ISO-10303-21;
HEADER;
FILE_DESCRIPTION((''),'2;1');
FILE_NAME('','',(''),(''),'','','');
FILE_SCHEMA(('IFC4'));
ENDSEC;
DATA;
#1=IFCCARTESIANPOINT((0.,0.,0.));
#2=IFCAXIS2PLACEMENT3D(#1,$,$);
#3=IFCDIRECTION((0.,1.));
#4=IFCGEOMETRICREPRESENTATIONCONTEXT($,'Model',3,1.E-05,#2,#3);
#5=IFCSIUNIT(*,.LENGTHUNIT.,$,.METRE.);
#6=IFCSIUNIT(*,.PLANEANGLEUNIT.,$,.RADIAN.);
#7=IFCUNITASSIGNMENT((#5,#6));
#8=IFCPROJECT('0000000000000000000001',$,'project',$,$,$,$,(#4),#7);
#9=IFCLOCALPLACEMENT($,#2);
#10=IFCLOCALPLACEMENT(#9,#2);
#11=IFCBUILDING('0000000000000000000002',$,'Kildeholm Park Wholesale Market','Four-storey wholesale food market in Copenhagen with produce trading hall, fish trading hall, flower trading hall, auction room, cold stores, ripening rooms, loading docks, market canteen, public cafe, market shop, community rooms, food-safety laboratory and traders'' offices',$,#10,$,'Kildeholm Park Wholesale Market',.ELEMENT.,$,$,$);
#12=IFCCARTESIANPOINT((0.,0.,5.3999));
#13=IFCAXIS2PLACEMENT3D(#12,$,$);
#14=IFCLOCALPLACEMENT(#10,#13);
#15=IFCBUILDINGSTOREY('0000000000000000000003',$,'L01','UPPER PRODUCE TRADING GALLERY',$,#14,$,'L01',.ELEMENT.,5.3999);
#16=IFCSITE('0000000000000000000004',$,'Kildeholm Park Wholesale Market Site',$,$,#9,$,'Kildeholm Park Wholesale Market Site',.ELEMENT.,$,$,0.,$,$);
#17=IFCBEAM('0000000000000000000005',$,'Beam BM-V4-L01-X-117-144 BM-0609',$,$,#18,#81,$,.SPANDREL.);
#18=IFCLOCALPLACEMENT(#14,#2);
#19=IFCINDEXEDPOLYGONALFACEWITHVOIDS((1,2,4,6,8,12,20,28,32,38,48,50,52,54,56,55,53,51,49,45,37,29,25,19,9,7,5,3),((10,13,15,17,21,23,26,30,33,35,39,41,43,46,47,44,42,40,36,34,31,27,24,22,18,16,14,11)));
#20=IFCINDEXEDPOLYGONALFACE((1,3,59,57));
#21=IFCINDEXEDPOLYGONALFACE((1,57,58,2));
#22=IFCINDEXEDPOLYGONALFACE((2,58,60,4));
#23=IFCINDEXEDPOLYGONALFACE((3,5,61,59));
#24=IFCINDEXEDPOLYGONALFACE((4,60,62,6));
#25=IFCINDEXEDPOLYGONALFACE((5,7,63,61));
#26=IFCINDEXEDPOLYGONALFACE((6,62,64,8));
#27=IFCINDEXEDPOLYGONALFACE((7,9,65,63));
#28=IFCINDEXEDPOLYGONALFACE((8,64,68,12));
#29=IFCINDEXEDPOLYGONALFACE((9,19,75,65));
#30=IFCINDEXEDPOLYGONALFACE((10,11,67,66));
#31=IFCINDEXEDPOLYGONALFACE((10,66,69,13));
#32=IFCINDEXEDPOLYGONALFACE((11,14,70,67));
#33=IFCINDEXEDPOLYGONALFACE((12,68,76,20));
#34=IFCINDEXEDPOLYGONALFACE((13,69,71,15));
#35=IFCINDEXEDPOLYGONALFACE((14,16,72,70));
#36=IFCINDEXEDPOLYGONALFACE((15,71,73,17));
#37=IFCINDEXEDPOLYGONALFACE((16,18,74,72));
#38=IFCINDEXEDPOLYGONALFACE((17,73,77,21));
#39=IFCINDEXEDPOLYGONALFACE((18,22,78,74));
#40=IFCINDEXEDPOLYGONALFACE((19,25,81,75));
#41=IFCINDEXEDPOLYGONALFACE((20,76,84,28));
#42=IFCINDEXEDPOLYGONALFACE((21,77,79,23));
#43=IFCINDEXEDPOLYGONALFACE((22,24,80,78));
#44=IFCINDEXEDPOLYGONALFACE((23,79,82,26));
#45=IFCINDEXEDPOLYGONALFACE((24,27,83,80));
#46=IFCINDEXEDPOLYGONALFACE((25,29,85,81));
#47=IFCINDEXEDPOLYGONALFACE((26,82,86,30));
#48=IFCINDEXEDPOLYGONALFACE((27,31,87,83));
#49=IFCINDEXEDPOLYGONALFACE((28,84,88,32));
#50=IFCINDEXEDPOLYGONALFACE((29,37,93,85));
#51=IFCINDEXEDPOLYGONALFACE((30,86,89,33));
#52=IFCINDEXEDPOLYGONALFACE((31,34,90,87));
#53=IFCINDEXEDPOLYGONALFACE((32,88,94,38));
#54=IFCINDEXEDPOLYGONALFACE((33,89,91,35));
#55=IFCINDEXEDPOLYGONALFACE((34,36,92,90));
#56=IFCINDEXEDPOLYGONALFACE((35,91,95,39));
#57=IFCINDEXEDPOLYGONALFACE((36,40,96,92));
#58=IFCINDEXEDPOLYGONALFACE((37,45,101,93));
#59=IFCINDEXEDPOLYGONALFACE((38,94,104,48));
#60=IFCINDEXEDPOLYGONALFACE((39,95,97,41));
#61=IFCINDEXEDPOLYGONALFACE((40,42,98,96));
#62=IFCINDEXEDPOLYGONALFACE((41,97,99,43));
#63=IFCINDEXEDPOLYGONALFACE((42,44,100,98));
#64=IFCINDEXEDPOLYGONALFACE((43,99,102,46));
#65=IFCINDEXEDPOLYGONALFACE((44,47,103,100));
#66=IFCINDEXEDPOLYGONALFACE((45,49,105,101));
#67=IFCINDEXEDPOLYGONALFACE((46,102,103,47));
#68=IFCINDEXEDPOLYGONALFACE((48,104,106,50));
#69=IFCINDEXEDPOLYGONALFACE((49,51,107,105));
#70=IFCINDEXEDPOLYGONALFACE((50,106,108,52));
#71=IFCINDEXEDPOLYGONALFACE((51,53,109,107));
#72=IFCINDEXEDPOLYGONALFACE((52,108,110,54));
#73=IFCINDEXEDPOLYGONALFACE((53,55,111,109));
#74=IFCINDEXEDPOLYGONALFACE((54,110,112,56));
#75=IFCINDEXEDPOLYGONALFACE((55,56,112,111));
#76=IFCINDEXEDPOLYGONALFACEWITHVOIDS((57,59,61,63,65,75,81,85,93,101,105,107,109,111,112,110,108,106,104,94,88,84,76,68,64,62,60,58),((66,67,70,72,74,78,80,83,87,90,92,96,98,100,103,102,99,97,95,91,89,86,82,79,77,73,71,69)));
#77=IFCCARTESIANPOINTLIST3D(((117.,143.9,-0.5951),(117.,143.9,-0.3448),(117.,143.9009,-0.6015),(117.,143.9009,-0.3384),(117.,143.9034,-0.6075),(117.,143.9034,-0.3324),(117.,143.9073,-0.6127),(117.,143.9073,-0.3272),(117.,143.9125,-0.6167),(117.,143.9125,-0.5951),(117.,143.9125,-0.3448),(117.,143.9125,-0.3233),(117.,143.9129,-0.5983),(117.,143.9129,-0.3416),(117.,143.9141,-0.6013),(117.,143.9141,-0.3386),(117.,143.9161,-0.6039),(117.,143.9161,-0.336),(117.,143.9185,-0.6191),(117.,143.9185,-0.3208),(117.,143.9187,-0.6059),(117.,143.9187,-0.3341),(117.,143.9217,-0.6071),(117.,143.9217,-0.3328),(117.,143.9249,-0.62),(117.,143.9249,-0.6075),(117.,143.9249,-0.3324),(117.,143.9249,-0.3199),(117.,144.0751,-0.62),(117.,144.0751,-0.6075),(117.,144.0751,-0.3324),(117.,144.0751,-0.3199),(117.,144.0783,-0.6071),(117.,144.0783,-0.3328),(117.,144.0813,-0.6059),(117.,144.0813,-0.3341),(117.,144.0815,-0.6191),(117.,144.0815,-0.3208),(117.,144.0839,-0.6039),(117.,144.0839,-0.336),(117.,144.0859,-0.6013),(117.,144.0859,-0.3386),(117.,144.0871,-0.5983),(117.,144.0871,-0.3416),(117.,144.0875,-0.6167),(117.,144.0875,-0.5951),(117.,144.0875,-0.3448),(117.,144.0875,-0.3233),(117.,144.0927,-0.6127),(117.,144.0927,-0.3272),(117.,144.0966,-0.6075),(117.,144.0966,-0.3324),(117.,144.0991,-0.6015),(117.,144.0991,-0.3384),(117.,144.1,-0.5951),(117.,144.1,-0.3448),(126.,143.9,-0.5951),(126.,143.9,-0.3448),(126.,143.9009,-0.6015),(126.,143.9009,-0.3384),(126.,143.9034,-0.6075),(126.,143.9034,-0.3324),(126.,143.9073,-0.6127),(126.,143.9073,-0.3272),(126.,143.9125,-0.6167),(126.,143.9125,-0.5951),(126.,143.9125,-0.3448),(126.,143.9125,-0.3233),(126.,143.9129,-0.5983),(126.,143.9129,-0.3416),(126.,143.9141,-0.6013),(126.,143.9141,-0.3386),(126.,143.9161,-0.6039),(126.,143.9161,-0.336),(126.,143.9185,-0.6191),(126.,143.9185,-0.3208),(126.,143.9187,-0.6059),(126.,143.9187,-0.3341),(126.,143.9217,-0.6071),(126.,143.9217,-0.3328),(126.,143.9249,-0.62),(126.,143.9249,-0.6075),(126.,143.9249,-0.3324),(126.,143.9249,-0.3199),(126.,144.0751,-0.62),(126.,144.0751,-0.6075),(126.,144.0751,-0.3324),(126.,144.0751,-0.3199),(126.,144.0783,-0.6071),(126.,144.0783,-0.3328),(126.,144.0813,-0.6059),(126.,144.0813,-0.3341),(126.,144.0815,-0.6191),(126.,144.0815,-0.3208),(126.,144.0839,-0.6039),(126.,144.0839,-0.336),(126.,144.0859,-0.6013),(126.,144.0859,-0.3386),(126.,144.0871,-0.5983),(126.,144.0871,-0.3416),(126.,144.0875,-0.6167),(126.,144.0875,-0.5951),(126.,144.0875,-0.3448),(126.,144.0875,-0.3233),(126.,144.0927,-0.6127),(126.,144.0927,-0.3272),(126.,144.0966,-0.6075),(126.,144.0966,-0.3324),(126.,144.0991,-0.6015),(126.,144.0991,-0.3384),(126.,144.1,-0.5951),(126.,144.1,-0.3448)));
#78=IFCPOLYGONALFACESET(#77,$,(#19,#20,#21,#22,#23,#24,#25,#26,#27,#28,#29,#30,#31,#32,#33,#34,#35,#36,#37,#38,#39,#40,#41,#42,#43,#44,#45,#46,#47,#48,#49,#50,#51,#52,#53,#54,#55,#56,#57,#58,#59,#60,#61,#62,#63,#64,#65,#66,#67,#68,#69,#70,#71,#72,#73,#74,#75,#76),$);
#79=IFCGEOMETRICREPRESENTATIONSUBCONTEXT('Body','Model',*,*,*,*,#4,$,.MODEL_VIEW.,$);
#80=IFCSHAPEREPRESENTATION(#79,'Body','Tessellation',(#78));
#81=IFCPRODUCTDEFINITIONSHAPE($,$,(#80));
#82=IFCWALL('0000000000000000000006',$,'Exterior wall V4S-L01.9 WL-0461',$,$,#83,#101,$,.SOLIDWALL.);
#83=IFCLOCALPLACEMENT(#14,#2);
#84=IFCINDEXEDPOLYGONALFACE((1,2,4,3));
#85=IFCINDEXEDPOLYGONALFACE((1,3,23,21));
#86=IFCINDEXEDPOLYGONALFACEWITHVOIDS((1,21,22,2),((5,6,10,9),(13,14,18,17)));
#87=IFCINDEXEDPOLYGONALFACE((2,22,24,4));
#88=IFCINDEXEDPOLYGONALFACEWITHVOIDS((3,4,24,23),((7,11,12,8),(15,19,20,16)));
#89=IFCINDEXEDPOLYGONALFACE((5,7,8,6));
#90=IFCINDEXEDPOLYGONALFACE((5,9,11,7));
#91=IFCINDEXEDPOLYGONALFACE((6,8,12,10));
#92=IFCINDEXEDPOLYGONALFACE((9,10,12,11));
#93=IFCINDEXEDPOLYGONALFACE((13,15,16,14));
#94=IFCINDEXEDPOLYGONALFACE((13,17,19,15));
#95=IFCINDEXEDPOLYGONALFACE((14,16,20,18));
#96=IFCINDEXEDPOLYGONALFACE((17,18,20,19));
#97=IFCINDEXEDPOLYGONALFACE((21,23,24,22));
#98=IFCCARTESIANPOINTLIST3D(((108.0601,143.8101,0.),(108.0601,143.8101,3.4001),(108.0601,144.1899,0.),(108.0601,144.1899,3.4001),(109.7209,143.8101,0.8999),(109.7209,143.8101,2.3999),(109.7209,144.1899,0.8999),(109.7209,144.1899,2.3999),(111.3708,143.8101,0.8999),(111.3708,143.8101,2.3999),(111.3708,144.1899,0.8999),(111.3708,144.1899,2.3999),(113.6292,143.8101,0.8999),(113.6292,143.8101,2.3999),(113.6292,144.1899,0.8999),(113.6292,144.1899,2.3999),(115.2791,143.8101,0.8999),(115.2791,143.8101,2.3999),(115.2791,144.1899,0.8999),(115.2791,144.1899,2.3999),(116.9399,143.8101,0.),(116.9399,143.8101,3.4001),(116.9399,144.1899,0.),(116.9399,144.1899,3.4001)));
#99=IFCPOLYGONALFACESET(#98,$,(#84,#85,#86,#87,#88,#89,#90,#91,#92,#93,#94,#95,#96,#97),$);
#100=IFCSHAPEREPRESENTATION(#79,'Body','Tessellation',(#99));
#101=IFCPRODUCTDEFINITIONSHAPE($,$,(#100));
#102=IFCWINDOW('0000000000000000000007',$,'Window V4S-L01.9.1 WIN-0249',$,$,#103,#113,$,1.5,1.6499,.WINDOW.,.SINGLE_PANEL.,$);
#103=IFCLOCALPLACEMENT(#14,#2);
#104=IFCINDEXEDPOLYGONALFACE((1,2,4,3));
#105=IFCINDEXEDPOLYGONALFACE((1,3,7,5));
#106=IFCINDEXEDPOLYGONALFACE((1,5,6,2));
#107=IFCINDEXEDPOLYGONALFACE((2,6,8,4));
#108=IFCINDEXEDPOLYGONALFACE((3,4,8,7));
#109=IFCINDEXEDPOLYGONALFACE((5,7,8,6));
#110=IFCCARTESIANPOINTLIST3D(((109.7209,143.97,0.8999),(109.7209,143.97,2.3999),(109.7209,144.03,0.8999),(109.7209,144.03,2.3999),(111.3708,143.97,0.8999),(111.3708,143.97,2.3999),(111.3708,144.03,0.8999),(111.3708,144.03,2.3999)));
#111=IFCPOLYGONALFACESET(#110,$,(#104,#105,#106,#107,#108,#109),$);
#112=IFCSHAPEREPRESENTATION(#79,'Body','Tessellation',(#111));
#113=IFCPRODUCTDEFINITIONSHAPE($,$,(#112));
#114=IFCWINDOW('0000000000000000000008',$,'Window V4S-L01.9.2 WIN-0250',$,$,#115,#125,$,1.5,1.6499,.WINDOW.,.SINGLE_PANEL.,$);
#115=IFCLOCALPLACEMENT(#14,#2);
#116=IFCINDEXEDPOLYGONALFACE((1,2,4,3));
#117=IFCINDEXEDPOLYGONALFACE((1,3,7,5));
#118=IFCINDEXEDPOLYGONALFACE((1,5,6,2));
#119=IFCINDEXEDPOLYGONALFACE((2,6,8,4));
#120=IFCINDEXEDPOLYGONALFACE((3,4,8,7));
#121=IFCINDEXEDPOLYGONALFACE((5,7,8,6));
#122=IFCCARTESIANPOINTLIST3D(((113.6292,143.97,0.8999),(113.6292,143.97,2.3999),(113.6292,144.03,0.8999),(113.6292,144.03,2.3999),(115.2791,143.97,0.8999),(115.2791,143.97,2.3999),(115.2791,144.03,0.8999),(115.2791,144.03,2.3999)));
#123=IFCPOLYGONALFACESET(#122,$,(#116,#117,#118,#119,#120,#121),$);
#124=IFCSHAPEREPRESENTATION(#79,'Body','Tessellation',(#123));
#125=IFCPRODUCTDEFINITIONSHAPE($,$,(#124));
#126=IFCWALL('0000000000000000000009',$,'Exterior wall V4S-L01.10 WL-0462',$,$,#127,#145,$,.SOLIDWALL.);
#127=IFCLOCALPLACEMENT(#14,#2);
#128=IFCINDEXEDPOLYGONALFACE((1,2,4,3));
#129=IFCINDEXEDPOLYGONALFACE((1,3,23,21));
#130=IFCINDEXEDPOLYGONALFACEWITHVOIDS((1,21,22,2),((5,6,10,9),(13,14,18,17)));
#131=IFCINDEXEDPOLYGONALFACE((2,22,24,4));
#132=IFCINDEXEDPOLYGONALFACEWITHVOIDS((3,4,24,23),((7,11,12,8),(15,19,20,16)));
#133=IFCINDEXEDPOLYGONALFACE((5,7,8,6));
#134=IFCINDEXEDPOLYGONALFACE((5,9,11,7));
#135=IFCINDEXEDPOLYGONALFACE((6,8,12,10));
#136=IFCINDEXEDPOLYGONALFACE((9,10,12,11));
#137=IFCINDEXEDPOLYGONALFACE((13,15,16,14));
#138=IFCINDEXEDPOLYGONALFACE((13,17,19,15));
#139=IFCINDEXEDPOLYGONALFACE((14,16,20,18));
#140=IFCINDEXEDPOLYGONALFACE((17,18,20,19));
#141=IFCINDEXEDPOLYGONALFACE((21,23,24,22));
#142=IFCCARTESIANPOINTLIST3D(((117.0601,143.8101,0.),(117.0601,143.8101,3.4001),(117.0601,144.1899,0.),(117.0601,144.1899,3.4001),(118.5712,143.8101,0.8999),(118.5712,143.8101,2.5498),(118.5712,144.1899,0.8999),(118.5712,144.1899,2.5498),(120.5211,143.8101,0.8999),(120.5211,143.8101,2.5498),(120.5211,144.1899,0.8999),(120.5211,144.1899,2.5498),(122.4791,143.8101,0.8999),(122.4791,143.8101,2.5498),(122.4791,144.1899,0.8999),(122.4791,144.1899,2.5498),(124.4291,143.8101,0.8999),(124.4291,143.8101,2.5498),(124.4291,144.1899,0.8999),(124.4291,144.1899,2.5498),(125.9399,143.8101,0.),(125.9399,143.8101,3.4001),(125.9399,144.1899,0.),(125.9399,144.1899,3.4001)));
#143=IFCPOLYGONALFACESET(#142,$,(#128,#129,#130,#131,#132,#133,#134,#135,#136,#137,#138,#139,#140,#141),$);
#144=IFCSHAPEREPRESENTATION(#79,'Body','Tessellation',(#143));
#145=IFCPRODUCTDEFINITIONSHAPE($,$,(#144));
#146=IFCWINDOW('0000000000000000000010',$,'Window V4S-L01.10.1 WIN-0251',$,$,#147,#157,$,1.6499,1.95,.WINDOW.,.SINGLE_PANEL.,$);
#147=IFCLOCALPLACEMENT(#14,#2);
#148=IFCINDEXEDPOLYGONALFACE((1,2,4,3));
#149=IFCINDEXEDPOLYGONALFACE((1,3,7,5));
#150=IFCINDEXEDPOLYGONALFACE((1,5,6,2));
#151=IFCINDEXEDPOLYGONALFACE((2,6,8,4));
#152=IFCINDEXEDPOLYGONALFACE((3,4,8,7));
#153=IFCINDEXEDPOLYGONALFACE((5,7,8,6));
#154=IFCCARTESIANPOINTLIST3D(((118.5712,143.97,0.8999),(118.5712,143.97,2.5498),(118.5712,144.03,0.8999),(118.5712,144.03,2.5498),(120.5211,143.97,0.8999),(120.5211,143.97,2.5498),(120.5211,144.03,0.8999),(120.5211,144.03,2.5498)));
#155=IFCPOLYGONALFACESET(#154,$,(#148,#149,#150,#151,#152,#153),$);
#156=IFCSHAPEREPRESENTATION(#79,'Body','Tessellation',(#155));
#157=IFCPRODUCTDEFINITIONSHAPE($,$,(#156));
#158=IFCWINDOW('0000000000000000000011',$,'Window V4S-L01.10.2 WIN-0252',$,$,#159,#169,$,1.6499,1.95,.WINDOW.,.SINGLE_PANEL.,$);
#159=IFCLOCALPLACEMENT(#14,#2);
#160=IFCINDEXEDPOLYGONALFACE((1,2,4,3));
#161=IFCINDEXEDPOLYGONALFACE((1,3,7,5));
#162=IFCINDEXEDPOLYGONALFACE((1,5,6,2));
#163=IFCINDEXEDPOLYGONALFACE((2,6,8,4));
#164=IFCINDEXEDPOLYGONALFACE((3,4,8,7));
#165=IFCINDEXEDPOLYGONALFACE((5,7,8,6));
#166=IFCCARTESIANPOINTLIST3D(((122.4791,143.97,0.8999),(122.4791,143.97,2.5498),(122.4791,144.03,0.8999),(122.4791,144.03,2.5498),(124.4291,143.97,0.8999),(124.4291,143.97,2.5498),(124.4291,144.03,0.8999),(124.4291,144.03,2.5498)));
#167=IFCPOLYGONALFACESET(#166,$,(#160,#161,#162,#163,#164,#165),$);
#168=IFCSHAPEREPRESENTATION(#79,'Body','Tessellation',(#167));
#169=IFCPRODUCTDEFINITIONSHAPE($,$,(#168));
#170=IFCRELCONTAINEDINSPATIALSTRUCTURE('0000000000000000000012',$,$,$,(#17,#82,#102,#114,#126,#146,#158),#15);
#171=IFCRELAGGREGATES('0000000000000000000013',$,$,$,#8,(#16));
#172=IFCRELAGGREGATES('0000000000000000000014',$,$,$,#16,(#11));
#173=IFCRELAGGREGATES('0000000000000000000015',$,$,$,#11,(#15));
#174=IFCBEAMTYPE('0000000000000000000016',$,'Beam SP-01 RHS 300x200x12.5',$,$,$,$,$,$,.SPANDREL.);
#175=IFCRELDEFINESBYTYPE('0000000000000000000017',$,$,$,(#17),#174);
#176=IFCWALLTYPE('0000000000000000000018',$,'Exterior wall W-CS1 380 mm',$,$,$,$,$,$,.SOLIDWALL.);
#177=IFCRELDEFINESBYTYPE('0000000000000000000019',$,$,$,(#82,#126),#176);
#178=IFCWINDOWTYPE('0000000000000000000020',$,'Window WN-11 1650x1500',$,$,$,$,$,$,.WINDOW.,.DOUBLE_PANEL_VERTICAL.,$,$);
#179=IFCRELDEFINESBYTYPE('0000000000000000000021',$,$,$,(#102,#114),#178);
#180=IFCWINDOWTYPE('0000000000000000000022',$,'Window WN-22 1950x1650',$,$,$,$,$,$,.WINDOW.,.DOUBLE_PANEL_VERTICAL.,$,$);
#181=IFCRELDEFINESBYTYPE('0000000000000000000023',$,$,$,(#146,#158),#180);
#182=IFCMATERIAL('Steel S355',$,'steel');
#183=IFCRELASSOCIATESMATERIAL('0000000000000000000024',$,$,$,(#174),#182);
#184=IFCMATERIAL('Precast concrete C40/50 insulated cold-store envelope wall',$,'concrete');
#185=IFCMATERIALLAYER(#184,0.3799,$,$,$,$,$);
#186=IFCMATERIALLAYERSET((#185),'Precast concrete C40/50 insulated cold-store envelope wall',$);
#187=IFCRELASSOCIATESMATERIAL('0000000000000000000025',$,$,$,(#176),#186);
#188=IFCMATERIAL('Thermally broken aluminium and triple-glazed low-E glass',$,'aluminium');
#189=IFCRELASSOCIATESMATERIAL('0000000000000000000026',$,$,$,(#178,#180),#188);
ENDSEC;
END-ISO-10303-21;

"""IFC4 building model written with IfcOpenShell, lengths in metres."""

from ifc_helpers import new_model, si_unit, direction, frame, frame_2d, origin, origin_2d, place, context, subcontext, project, spatial, rectangle, hollow_rectangle, extrude, material, layer, layer_set, material_profile, profile_set, type_object, element, fill, save


model = new_model("IFC4")

# Units and contexts
model_context = context("Model", 3, precision=1e-05, world=origin(), true_north=direction((0.0, 1.0)))
body_context = subcontext(model_context, "Body", "Model", "MODEL_VIEW")
ifc_project = project(units=[si_unit("LENGTHUNIT", "METRE"), si_unit("PLANEANGLEUNIT", "RADIAN")], contexts=[model_context])

# Site, building, storey
site_placement = place(None, origin())
site = spatial("IfcSite", under=ifc_project, at=site_placement, Name="Kildeholm Park Wholesale Market Site", LongName="Kildeholm Park Wholesale Market Site", CompositionType="ELEMENT", RefElevation=0.0)
building_placement = place(site_placement, origin())
building = spatial("IfcBuilding", under=site, at=building_placement, Name="Kildeholm Park Wholesale Market", Description="Four-storey wholesale food market in Copenhagen with produce trading hall, fish trading hall, flower trading hall, auction room, cold stores, ripening rooms, loading docks, market canteen, public cafe, market shop, community rooms, food-safety laboratory and traders' offices", LongName="Kildeholm Park Wholesale Market", CompositionType="ELEMENT")
storey_placement = place(building_placement, frame((0.0, 0.0, 5.3999)))
storey = spatial("IfcBuildingStorey", under=building, at=storey_placement, Name="L01", Description="UPPER PRODUCE TRADING GALLERY", LongName="L01", CompositionType="ELEMENT", Elevation=5.3999)

# Beam
ifc_material_1 = material(Name="Steel S355", Category="steel")
ifc_material_profile_1 = material_profile(ifc_material_1, hollow_rectangle(XDim=0.2, YDim=0.3, WallThickness=0.0125, InnerFilletRadius=0.0125, OuterFilletRadius=0.0249, at=origin_2d()), Name="RHS 300x200x12.5")
ifc_profile_set_1 = profile_set([ifc_material_profile_1], Name="Steel S355")
beam_type_1 = type_object("IfcBeamType", Name="Beam SP-01 RHS 300x200x12.5", PredefinedType="SPANDREL", material=ifc_profile_set_1)
for number, where, z_axis, x_axis, name in (
    (1, (117.0, 144.0, -0.47), (1.0, 0.0, 0.0), (0.0, 1.0, 0.0), "Beam BM-V4-L01-X-117-144 BM-0609"),
):
    element("IfcBeam", number, at=place(storey_placement, frame(where, z_axis=z_axis, x_axis=x_axis)), inside=storey, type_object=beam_type_1, Name=name, PredefinedType="SPANDREL", context=body_context, shape_type="SweptSolid", body=[
        extrude(hollow_rectangle(XDim=0.2, YDim=0.3, WallThickness=0.0125, InnerFilletRadius=0.0125, OuterFilletRadius=0.0249, at=origin_2d()), origin(), (0.0, 0.0, 1.0), 9.0),
    ])

# Walls, openings, windows
ifc_material_2 = material(Name="Precast concrete C40/50 insulated cold-store envelope wall", Category="concrete")
ifc_layer_1 = layer(ifc_material_2, 0.3799)
ifc_layer_set_1 = layer_set([ifc_layer_1], Name="Precast concrete C40/50 insulated cold-store envelope wall")
wall_type = type_object("IfcWallType", Name="Exterior wall W-CS1 380 mm", PredefinedType="SOLIDWALL", material=ifc_layer_set_1)
wall_1_placement = place(storey_placement, frame((108.0601, 144.0, 0.0), z_axis=(0.0, 0.0, 1.0), x_axis=(1.0, 0.0, 0.0)))
wall_1 = element("IfcWall", 2, at=wall_1_placement, inside=storey, type_object=wall_type, Name="Exterior wall V4S-L01.9 WL-0461", PredefinedType="SOLIDWALL", context=body_context, shape_type="SweptSolid", body=[
    extrude(rectangle(XDim=8.8799, YDim=0.3799, at=frame_2d((4.4399, 0.0))), origin(), (0.0, 0.0, 1.0), 3.4001),
])
opening_1_placement = place(wall_1_placement, frame((1.6609, 0.0, 0.8999)))
opening_1 = element("IfcOpeningElement", 3, at=opening_1_placement, cuts=wall_1, PredefinedType="OPENING", context=body_context, shape_type="SweptSolid", body=[
    extrude(rectangle(XDim=1.6499, YDim=1.5, at=frame_2d((0.825, 0.75))), frame((0.0, 0.2, 0.0), z_axis=(0.0, -1.0, 0.0), x_axis=(1.0, 0.0, 0.0)), (0.0, 0.0, 1.0), 0.3999),
])
opening_2_placement = place(wall_1_placement, frame((5.5691, 0.0, 0.8999)))
opening_2 = element("IfcOpeningElement", 4, at=opening_2_placement, cuts=wall_1, PredefinedType="OPENING", context=body_context, shape_type="SweptSolid", body=[
    extrude(rectangle(XDim=1.6499, YDim=1.5, at=frame_2d((0.825, 0.75))), frame((0.0, 0.2, 0.0), z_axis=(0.0, -1.0, 0.0), x_axis=(1.0, 0.0, 0.0)), (0.0, 0.0, 1.0), 0.3999),
])
ifc_material_3 = material(Name="Thermally broken aluminium and triple-glazed low-E glass", Category="aluminium")
window_type_1 = type_object("IfcWindowType", Name="Window WN-11 1650x1500", PartitioningType="DOUBLE_PANEL_VERTICAL", PredefinedType="WINDOW", material=ifc_material_3)
window_1_placement = place(opening_1_placement, origin())
window_1 = element("IfcWindow", 5, at=window_1_placement, inside=storey, type_object=window_type_1, Name="Window V4S-L01.9.1 WIN-0249", OverallHeight=1.5, OverallWidth=1.6499, PartitioningType="SINGLE_PANEL", PredefinedType="WINDOW", context=body_context, shape_type="SweptSolid", body=[
    extrude(rectangle(XDim=1.6499, YDim=1.5, at=frame_2d((0.825, 0.75))), frame((0.0, 0.03, 0.0), z_axis=(0.0, -1.0, 0.0), x_axis=(1.0, 0.0, 0.0)), (0.0, 0.0, 1.0), 0.0601),
])
fill(opening_1, window_1)
window_2_placement = place(opening_2_placement, origin())
window_2 = element("IfcWindow", 6, at=window_2_placement, inside=storey, type_object=window_type_1, Name="Window V4S-L01.9.2 WIN-0250", OverallHeight=1.5, OverallWidth=1.6499, PartitioningType="SINGLE_PANEL", PredefinedType="WINDOW", context=body_context, shape_type="SweptSolid", body=[
    extrude(rectangle(XDim=1.6499, YDim=1.5, at=frame_2d((0.825, 0.75))), frame((0.0, 0.03, 0.0), z_axis=(0.0, -1.0, 0.0), x_axis=(1.0, 0.0, 0.0)), (0.0, 0.0, 1.0), 0.0601),
])
fill(opening_2, window_2)
wall_2_placement = place(storey_placement, frame((117.0601, 144.0, 0.0), z_axis=(0.0, 0.0, 1.0), x_axis=(1.0, 0.0, 0.0)))
wall_2 = element("IfcWall", 7, at=wall_2_placement, inside=storey, type_object=wall_type, Name="Exterior wall V4S-L01.10 WL-0462", PredefinedType="SOLIDWALL", context=body_context, shape_type="SweptSolid", body=[
    extrude(rectangle(XDim=8.8799, YDim=0.3799, at=frame_2d((4.4399, 0.0))), origin(), (0.0, 0.0, 1.0), 3.4001),
])
opening_3_placement = place(wall_2_placement, frame((1.511, 0.0, 0.8999)))
opening_3 = element("IfcOpeningElement", 8, at=opening_3_placement, cuts=wall_2, PredefinedType="OPENING", context=body_context, shape_type="SweptSolid", body=[
    extrude(rectangle(XDim=1.95, YDim=1.6499, at=frame_2d((0.9751, 0.825))), frame((0.0, 0.2, 0.0), z_axis=(0.0, -1.0, 0.0), x_axis=(1.0, 0.0, 0.0)), (0.0, 0.0, 1.0), 0.3999),
])
opening_4_placement = place(wall_2_placement, frame((5.4189, 0.0, 0.8999)))
opening_4 = element("IfcOpeningElement", 9, at=opening_4_placement, cuts=wall_2, PredefinedType="OPENING", context=body_context, shape_type="SweptSolid", body=[
    extrude(rectangle(XDim=1.95, YDim=1.6499, at=frame_2d((0.9751, 0.825))), frame((0.0, 0.2, 0.0), z_axis=(0.0, -1.0, 0.0), x_axis=(1.0, 0.0, 0.0)), (0.0, 0.0, 1.0), 0.3999),
])
window_type_2 = type_object("IfcWindowType", Name="Window WN-22 1950x1650", PartitioningType="DOUBLE_PANEL_VERTICAL", PredefinedType="WINDOW", material=ifc_material_3)
window_3_placement = place(opening_3_placement, origin())
window_3 = element("IfcWindow", 10, at=window_3_placement, inside=storey, type_object=window_type_2, Name="Window V4S-L01.10.1 WIN-0251", OverallHeight=1.6499, OverallWidth=1.95, PartitioningType="SINGLE_PANEL", PredefinedType="WINDOW", context=body_context, shape_type="SweptSolid", body=[
    extrude(rectangle(XDim=1.95, YDim=1.6499, at=frame_2d((0.9751, 0.825))), frame((0.0, 0.03, 0.0), z_axis=(0.0, -1.0, 0.0), x_axis=(1.0, 0.0, 0.0)), (0.0, 0.0, 1.0), 0.0601),
])
fill(opening_3, window_3)
window_4_placement = place(opening_4_placement, origin())
window_4 = element("IfcWindow", 11, at=window_4_placement, inside=storey, type_object=window_type_2, Name="Window V4S-L01.10.2 WIN-0252", OverallHeight=1.6499, OverallWidth=1.95, PartitioningType="SINGLE_PANEL", PredefinedType="WINDOW", context=body_context, shape_type="SweptSolid", body=[
    extrude(rectangle(XDim=1.95, YDim=1.6499, at=frame_2d((0.9751, 0.825))), frame((0.0, 0.03, 0.0), z_axis=(0.0, -1.0, 0.0), x_axis=(1.0, 0.0, 0.0)), (0.0, 0.0, 1.0), 0.0601),
])
fill(opening_4, window_4)

save(model, "model.ifc")
